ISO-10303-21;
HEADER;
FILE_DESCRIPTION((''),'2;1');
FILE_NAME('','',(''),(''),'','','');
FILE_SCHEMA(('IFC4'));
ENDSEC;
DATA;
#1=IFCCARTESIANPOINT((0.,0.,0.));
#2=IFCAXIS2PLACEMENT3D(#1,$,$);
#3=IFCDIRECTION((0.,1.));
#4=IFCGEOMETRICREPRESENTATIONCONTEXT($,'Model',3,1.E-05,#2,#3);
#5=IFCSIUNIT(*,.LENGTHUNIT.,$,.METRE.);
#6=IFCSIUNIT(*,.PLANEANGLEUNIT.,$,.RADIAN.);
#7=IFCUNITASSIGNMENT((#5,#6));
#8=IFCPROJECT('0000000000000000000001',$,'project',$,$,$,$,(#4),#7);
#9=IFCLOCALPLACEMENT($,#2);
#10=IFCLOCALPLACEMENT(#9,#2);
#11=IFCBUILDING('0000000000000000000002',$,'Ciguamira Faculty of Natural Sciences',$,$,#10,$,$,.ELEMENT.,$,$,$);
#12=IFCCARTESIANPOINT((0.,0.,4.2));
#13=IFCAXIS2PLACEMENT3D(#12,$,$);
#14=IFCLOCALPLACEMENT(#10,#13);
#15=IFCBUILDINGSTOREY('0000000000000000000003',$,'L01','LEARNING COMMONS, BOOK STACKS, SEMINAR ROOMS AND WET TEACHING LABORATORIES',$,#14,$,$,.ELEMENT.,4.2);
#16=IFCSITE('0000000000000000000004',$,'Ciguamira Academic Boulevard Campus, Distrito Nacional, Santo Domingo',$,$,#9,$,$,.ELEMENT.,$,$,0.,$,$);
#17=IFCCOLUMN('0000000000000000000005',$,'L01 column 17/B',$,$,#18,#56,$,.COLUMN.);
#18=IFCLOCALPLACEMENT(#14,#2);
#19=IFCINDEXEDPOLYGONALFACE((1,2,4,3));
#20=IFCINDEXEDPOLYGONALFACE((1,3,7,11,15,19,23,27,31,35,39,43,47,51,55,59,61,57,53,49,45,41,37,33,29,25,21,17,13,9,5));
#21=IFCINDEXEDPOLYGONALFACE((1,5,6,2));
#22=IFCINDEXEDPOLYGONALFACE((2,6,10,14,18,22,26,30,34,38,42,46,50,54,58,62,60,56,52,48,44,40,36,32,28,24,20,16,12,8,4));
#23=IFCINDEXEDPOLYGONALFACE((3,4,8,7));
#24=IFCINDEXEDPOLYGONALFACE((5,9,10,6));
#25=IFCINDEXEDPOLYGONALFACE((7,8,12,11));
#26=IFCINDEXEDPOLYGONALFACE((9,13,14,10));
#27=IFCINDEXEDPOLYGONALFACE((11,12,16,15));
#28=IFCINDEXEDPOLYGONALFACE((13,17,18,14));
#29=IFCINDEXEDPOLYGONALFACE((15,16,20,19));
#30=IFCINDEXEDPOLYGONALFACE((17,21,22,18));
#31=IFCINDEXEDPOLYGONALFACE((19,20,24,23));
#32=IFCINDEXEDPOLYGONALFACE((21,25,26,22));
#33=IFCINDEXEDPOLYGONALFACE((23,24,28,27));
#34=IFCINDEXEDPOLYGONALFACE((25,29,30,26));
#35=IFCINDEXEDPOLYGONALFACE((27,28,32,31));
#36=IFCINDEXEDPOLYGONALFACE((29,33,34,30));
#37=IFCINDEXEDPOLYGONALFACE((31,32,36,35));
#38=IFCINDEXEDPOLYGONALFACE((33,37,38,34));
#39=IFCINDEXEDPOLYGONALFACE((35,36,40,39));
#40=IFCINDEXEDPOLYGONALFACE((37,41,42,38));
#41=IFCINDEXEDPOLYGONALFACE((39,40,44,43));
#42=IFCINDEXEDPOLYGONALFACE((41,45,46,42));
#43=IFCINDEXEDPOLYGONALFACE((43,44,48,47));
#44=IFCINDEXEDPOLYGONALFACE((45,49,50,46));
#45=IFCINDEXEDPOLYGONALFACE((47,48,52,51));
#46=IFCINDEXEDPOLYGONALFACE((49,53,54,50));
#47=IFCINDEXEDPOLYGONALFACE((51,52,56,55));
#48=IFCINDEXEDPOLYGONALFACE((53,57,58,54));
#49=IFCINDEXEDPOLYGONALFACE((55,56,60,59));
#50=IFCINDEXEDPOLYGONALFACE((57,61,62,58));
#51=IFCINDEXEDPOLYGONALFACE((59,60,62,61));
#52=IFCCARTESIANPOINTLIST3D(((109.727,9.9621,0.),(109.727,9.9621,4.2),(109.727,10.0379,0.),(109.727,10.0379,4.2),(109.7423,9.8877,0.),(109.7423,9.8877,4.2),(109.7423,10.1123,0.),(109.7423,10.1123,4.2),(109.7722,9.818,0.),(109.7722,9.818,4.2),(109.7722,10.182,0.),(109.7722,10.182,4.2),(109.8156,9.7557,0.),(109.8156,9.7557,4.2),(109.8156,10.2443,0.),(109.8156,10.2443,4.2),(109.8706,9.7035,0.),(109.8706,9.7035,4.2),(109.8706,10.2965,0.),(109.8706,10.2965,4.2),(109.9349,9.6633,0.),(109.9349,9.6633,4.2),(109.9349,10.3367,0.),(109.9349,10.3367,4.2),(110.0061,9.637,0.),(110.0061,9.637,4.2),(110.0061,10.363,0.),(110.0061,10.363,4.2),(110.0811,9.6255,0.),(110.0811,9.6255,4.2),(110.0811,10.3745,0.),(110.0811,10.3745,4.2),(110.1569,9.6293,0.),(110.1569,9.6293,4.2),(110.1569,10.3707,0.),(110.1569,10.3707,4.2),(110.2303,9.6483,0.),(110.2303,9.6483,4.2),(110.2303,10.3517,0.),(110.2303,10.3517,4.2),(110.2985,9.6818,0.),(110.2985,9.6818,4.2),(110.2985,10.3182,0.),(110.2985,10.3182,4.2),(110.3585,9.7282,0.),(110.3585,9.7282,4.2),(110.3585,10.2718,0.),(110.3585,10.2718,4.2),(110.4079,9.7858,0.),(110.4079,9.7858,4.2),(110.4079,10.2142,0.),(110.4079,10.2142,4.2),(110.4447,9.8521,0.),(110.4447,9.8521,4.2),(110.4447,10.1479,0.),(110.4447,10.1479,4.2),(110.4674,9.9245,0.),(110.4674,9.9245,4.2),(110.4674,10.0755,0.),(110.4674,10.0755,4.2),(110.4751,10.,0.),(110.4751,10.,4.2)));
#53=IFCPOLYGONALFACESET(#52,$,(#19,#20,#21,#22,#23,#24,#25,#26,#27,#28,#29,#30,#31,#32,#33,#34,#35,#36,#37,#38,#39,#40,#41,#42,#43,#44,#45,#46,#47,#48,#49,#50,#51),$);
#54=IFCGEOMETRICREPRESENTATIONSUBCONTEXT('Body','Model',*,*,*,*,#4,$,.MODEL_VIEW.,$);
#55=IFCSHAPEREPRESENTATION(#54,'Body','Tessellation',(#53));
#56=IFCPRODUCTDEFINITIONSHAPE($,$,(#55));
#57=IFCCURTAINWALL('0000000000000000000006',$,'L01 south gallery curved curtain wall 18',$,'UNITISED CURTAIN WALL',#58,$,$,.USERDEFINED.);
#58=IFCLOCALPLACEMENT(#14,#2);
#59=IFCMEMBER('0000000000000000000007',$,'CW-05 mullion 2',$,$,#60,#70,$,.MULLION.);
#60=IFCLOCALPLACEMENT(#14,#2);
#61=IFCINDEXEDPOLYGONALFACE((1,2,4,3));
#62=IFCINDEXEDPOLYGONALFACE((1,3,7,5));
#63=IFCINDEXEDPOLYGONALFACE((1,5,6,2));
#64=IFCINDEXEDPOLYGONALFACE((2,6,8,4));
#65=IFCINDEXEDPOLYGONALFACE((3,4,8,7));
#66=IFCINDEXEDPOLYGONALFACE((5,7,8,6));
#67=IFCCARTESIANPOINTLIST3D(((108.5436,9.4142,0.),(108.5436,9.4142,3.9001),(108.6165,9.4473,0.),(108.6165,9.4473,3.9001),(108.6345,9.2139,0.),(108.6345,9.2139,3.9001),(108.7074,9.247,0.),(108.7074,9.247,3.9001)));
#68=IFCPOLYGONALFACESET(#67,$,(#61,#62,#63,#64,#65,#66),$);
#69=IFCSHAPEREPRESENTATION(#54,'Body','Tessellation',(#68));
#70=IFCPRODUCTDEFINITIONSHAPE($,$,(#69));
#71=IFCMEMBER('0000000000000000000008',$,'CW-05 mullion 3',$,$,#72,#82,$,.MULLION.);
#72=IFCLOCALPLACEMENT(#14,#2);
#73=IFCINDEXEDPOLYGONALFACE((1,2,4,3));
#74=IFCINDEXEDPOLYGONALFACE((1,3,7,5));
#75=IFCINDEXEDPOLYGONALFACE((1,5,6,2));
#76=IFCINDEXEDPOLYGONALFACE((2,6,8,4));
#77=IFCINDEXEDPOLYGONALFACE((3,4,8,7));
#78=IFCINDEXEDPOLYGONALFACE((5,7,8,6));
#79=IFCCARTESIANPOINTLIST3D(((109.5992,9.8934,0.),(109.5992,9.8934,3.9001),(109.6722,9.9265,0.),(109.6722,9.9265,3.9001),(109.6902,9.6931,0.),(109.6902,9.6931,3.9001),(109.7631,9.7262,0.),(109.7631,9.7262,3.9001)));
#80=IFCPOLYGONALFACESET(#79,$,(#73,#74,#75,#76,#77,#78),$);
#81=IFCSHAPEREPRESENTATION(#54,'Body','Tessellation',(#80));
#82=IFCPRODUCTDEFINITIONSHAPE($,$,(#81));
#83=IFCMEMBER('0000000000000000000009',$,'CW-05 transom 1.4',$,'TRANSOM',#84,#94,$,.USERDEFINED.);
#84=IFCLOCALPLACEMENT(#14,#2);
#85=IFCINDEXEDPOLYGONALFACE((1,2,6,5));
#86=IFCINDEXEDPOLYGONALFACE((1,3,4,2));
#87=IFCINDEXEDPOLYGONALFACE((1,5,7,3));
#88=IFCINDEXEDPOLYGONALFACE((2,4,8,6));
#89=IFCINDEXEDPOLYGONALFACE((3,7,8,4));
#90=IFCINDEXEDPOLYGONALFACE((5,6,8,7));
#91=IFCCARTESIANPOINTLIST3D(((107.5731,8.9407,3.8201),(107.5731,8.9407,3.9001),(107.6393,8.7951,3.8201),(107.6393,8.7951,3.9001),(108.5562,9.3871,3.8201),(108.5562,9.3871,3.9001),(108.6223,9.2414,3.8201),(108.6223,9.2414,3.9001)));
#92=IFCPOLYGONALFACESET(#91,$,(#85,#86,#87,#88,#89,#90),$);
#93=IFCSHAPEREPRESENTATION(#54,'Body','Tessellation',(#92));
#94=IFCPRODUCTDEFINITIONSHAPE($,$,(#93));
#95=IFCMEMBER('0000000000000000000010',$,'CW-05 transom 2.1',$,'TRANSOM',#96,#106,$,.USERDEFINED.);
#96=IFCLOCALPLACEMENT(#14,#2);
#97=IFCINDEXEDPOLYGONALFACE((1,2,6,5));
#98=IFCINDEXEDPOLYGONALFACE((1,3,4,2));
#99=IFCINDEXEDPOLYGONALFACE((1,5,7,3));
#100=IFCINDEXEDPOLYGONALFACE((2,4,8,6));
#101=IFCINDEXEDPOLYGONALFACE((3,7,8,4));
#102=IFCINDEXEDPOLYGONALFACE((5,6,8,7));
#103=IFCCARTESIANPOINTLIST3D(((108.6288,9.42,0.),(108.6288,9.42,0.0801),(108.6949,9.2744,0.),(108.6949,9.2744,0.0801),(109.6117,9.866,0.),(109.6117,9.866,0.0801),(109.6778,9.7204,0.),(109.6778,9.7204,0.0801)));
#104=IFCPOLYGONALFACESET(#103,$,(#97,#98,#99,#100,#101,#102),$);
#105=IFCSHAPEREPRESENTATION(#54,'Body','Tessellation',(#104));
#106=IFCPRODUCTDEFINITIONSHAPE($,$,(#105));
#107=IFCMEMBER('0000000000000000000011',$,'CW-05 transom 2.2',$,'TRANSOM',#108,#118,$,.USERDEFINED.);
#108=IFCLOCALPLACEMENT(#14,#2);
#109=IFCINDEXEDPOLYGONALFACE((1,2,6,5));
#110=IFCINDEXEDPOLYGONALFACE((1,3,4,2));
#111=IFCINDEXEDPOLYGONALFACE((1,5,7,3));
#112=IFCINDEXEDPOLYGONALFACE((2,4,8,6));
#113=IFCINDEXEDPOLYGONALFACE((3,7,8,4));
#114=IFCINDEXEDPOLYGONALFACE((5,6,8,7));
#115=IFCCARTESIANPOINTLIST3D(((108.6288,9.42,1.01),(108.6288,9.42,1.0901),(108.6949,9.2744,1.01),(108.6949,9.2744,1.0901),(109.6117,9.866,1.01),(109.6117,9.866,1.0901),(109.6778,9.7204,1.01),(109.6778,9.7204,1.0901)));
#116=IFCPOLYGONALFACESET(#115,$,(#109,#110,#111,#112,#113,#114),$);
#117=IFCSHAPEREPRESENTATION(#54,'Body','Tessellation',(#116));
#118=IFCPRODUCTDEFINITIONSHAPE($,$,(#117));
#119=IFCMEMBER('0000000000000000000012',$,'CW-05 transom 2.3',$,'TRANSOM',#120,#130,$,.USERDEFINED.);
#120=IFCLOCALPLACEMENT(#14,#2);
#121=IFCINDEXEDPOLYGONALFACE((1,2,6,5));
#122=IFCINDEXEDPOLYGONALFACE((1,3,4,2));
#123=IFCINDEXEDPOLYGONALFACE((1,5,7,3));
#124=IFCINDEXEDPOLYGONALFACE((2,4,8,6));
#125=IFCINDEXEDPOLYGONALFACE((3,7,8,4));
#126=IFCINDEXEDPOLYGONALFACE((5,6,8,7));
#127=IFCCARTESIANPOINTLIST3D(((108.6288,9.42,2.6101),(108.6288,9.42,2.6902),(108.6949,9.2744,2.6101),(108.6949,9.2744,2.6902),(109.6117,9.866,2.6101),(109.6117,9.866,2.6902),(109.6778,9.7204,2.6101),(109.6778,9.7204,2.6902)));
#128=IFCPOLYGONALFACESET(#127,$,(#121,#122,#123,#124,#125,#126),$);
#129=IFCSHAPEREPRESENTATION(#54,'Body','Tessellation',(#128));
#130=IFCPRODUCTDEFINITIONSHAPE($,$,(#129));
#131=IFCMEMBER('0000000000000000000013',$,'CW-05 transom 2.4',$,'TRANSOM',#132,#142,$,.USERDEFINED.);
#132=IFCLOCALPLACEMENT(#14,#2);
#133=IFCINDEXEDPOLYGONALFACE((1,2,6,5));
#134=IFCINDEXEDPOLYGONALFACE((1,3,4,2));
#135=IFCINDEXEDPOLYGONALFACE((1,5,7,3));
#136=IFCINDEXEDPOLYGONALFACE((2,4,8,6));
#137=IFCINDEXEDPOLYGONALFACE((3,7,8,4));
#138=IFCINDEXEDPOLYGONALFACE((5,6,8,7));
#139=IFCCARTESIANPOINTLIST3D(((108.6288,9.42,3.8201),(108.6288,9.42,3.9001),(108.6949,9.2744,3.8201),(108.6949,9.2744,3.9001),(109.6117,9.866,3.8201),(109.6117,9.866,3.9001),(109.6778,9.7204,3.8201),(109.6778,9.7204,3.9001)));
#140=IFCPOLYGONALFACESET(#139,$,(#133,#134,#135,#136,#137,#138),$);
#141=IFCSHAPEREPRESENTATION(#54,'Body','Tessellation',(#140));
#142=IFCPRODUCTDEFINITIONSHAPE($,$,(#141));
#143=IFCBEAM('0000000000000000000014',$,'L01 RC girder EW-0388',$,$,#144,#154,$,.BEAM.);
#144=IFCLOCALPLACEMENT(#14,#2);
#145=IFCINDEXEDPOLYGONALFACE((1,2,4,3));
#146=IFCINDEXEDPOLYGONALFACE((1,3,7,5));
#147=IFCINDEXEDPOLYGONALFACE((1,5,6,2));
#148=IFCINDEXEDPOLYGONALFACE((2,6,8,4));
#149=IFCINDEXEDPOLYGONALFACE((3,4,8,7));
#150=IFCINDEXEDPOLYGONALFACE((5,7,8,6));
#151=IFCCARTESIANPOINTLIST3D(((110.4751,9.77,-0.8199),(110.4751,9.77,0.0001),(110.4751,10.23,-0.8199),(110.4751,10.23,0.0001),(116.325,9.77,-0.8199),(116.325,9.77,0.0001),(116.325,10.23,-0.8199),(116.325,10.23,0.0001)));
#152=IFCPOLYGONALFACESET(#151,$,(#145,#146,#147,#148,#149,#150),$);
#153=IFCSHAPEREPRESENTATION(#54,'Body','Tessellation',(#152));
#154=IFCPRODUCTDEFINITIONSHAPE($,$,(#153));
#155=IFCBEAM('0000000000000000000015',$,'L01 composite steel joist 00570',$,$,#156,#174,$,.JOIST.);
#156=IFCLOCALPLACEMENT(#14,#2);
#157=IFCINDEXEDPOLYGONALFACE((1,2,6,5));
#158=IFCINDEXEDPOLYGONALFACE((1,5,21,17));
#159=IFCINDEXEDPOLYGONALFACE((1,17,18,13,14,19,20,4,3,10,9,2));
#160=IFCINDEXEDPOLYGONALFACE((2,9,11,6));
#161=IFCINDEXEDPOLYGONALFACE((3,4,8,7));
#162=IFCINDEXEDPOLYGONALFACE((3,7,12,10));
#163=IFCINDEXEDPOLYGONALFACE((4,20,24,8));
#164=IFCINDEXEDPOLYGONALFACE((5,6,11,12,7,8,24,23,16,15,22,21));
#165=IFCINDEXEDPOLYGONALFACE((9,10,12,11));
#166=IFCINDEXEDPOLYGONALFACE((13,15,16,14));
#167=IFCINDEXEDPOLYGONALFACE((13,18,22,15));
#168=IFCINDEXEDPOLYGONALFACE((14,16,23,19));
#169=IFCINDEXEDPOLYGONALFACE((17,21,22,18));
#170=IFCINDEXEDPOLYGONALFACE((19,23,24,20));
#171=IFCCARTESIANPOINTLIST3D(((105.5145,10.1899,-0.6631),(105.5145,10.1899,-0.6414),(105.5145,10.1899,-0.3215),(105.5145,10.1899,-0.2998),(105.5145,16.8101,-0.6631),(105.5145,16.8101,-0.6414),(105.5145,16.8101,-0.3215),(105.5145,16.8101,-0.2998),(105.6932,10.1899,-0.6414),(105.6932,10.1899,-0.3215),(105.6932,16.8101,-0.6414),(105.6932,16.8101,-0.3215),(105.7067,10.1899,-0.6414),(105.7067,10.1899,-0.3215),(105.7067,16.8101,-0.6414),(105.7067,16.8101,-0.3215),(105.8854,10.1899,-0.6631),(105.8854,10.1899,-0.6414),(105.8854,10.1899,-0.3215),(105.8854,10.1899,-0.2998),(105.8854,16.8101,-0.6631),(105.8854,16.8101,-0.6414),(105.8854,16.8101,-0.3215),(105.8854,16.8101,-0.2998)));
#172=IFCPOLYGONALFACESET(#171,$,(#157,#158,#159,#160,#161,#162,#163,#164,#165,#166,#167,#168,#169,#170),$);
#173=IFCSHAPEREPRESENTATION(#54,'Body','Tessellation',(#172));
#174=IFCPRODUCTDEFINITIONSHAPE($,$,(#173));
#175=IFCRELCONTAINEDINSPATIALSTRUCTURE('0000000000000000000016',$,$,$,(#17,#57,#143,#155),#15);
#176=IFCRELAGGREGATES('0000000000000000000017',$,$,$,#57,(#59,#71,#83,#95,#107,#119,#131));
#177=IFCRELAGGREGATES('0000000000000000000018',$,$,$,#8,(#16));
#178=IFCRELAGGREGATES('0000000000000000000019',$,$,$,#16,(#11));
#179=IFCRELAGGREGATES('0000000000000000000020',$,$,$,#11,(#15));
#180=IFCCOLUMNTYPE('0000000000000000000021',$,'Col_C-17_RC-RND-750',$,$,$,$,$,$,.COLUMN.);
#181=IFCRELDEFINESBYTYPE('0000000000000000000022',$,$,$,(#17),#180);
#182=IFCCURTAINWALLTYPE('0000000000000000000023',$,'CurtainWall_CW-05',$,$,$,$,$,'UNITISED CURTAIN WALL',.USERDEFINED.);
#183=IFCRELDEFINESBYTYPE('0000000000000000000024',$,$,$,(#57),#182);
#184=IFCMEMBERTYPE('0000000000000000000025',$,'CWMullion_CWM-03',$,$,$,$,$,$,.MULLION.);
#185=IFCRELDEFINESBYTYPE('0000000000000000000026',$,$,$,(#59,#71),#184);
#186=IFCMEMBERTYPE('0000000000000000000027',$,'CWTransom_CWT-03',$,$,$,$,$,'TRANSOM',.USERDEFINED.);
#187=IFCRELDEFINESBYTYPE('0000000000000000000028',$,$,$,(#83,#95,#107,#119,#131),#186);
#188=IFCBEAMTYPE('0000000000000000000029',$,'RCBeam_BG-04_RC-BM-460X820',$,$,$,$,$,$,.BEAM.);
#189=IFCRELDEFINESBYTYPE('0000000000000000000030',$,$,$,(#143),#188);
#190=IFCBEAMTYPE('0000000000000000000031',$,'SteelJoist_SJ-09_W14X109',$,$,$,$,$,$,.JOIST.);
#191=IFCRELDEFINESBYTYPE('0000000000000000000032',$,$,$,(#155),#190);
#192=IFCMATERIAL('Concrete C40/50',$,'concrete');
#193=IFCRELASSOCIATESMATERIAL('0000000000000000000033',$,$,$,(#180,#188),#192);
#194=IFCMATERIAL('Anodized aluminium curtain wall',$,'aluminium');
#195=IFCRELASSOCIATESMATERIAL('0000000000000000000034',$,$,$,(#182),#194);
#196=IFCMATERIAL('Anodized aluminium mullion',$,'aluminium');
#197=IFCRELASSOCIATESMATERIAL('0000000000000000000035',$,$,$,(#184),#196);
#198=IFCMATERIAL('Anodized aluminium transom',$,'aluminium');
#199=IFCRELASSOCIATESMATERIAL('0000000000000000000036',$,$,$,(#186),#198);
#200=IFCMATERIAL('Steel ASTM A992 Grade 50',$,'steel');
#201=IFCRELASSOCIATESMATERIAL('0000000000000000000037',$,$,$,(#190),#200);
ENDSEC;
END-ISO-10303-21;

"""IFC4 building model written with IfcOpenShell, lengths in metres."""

from ifc_helpers import new_model, si_unit, direction, frame, origin, origin_2d, place, context, subcontext, project, spatial, rectangle, circle, i_section, extrude, material, material_profile, profile_set, type_object, element, aggregate, save


model = new_model("IFC4")

# Units and contexts
model_context = context("Model", 3, precision=1e-05, world=origin(), true_north=direction((0.0, 1.0)))
body_context = subcontext(model_context, "Body", "Model", "MODEL_VIEW")
ifc_project = project(units=[si_unit("LENGTHUNIT", "METRE"), si_unit("PLANEANGLEUNIT", "RADIAN")], contexts=[model_context])

# Site, building, storey
site_placement = place(None, origin())
site = spatial("IfcSite", under=ifc_project, at=site_placement, Name="Ciguamira Academic Boulevard Campus, Distrito Nacional, Santo Domingo", CompositionType="ELEMENT", RefElevation=0.0)
building_placement = place(site_placement, origin())
building = spatial("IfcBuilding", under=site, at=building_placement, Name="Ciguamira Faculty of Natural Sciences", CompositionType="ELEMENT")
storey_placement = place(building_placement, frame((0.0, 0.0, 4.2)))
storey = spatial("IfcBuildingStorey", under=building, at=storey_placement, Name="L01", Description="LEARNING COMMONS, BOOK STACKS, SEMINAR ROOMS AND WET TEACHING LABORATORIES", CompositionType="ELEMENT", Elevation=4.2)

# Column
ifc_material_1 = material(Name="Concrete C40/50", Category="concrete")
ifc_material_profile_1 = material_profile(ifc_material_1, circle(Radius=0.375, at=origin_2d()), Name="RC-RND-750")
ifc_profile_set_1 = profile_set([ifc_material_profile_1], Name="Concrete C40/50")
column_type = type_object("IfcColumnType", Name="Col_C-17_RC-RND-750", PredefinedType="COLUMN", material=ifc_profile_set_1)
column_placement = place(storey_placement, frame((110.1001, 10.0, 0.0), z_axis=(0.0, 0.0, 1.0), x_axis=(1.0, 0.0, 0.0)))
element("IfcColumn", 1, at=column_placement, inside=storey, type_object=column_type, Name="L01 column 17/B", PredefinedType="COLUMN", context=body_context, shape_type="SweptSolid", body=[
    extrude(circle(Radius=0.375, at=origin_2d()), origin(), (0.0, 0.0, 1.0), 4.2),
])

# Curtain wall, members
ifc_material_2 = material(Name="Anodized aluminium curtain wall", Category="aluminium")
curtain_wall_type = type_object("IfcCurtainWallType", Name="CurtainWall_CW-05", ElementType="UNITISED CURTAIN WALL", PredefinedType="USERDEFINED", material=ifc_material_2)
curtain_wall_placement = place(storey_placement, origin())
curtain_wall = element("IfcCurtainWall", 2, at=curtain_wall_placement, inside=storey, type_object=curtain_wall_type, Name="L01 south gallery curved curtain wall 18", ObjectType="UNITISED CURTAIN WALL", PredefinedType="USERDEFINED")
ifc_material_3 = material(Name="Anodized aluminium mullion", Category="aluminium")
ifc_material_profile_2 = material_profile(ifc_material_3, rectangle(XDim=0.0801, YDim=0.22, at=origin_2d()), Name="ALU-MUL-80X220")
ifc_profile_set_2 = profile_set([ifc_material_profile_2], Name="Anodized aluminium mullion")
member_type_1 = type_object("IfcMemberType", Name="CWMullion_CWM-03", PredefinedType="MULLION", material=ifc_profile_set_2)
member_1_placement = place(storey_placement, frame((108.6255, 9.3306, 0.0), z_axis=(0.0, 0.0, 1.0), x_axis=(0.910581, 0.413332, 0.0)))
member_1 = element("IfcMember", 3, at=member_1_placement, type_object=member_type_1, Name="CW-05 mullion 2", PredefinedType="MULLION", context=body_context, shape_type="SweptSolid", body=[
    extrude(rectangle(XDim=0.0801, YDim=0.22, at=origin_2d()), origin(), (0.0, 0.0, 1.0), 3.9001),
])
member_2_placement = place(storey_placement, frame((109.6812, 9.8098, 0.0), z_axis=(0.0, 0.0, 1.0), x_axis=(0.910581, 0.413332, 0.0)))
member_2 = element("IfcMember", 4, at=member_2_placement, type_object=member_type_1, Name="CW-05 mullion 3", PredefinedType="MULLION", context=body_context, shape_type="SweptSolid", body=[
    extrude(rectangle(XDim=0.0801, YDim=0.22, at=origin_2d()), origin(), (0.0, 0.0, 1.0), 3.9001),
])
ifc_material_4 = material(Name="Anodized aluminium transom", Category="aluminium")
ifc_material_profile_3 = material_profile(ifc_material_4, rectangle(XDim=0.0801, YDim=0.1599, at=origin_2d()), Name="ALU-TRN-80X160")
ifc_profile_set_3 = profile_set([ifc_material_profile_3], Name="Anodized aluminium transom")
member_type_2 = type_object("IfcMemberType", Name="CWTransom_CWT-03", ElementType="TRANSOM", PredefinedType="USERDEFINED", material=ifc_profile_set_3)
member_3_placement = place(storey_placement, frame((107.6062, 8.8679, 3.8601), z_axis=(0.910537, 0.413428, 0.0), x_axis=(0.0, 0.0, 1.0)))
member_3 = element("IfcMember", 5, at=member_3_placement, type_object=member_type_2, Name="CW-05 transom 1.4", ObjectType="TRANSOM", PredefinedType="USERDEFINED", context=body_context, shape_type="SweptSolid", body=[
    extrude(rectangle(XDim=0.0801, YDim=0.1599, at=origin_2d()), origin(), (0.0, 0.0, 1.0), 1.0796),
])
member_4_placement = place(storey_placement, frame((108.6619, 9.3472, 0.04), z_axis=(0.910622, 0.413241, 0.0), x_axis=(0.0, 0.0, 1.0)))
member_4 = element("IfcMember", 6, at=member_4_placement, type_object=member_type_2, Name="CW-05 transom 2.1", ObjectType="TRANSOM", PredefinedType="USERDEFINED", context=body_context, shape_type="SweptSolid", body=[
    extrude(rectangle(XDim=0.0801, YDim=0.1599, at=origin_2d()), origin(), (0.0, 0.0, 1.0), 1.0793),
])
member_5_placement = place(storey_placement, frame((108.6619, 9.3472, 1.05), z_axis=(0.910622, 0.413241, 0.0), x_axis=(0.0, 0.0, 1.0)))
member_5 = element("IfcMember", 7, at=member_5_placement, type_object=member_type_2, Name="CW-05 transom 2.2", ObjectType="TRANSOM", PredefinedType="USERDEFINED", context=body_context, shape_type="SweptSolid", body=[
    extrude(rectangle(XDim=0.0801, YDim=0.1599, at=origin_2d()), origin(), (0.0, 0.0, 1.0), 1.0793),
])
member_6_placement = place(storey_placement, frame((108.6619, 9.3472, 2.6501), z_axis=(0.910622, 0.413241, 0.0), x_axis=(0.0, 0.0, 1.0)))
member_6 = element("IfcMember", 8, at=member_6_placement, type_object=member_type_2, Name="CW-05 transom 2.3", ObjectType="TRANSOM", PredefinedType="USERDEFINED", context=body_context, shape_type="SweptSolid", body=[
    extrude(rectangle(XDim=0.0801, YDim=0.1599, at=origin_2d()), origin(), (0.0, 0.0, 1.0), 1.0793),
])
member_7_placement = place(storey_placement, frame((108.6619, 9.3472, 3.8601), z_axis=(0.910622, 0.413241, 0.0), x_axis=(0.0, 0.0, 1.0)))
member_7 = element("IfcMember", 9, at=member_7_placement, type_object=member_type_2, Name="CW-05 transom 2.4", ObjectType="TRANSOM", PredefinedType="USERDEFINED", context=body_context, shape_type="SweptSolid", body=[
    extrude(rectangle(XDim=0.0801, YDim=0.1599, at=origin_2d()), origin(), (0.0, 0.0, 1.0), 1.0793),
])

# Beams
ifc_material_profile_4 = material_profile(ifc_material_1, rectangle(XDim=0.46, YDim=0.8201, at=origin_2d()), Name="RC-BM-460X820")
ifc_profile_set_4 = profile_set([ifc_material_profile_4], Name="Concrete C40/50")
beam_type_1 = type_object("IfcBeamType", Name="RCBeam_BG-04_RC-BM-460X820", PredefinedType="BEAM", material=ifc_profile_set_4)
beam_1_placement = place(storey_placement, frame((110.4751, 10.0, -0.4099), z_axis=(1.0, 0.0, 0.0), x_axis=(0.0, 1.0, 0.0)))
element("IfcBeam", 10, at=beam_1_placement, inside=storey, type_object=beam_type_1, Name="L01 RC girder EW-0388", PredefinedType="BEAM", context=body_context, shape_type="SweptSolid", body=[
    extrude(rectangle(XDim=0.46, YDim=0.8201, at=origin_2d()), origin(), (0.0, 0.0, 1.0), 5.8499),
])
ifc_material_5 = material(Name="Steel ASTM A992 Grade 50", Category="steel")
ifc_material_profile_5 = material_profile(ifc_material_5, i_section(OverallWidth=0.3708, OverallDepth=0.3633, WebThickness=0.0134, FlangeThickness=0.0217, at=origin_2d()), Name="W14X109")
ifc_profile_set_5 = profile_set([ifc_material_profile_5], Name="Steel ASTM A992 Grade 50")
beam_type_2 = type_object("IfcBeamType", Name="SteelJoist_SJ-09_W14X109", PredefinedType="JOIST", material=ifc_profile_set_5)
beam_2_placement = place(storey_placement, frame((105.7, 10.1899, -0.4814), z_axis=(0.0, 1.0, 0.0), x_axis=(-1.0, 0.0, 0.0)))
element("IfcBeam", 11, at=beam_2_placement, inside=storey, type_object=beam_type_2, Name="L01 composite steel joist 00570", PredefinedType="JOIST", context=body_context, shape_type="SweptSolid", body=[
    extrude(i_section(OverallWidth=0.3708, OverallDepth=0.3633, WebThickness=0.0134, FlangeThickness=0.0217, at=origin_2d()), origin(), (0.0, 0.0, 1.0), 6.6201),
])

aggregate(curtain_wall, [member_1, member_2, member_3, member_4, member_5, member_6, member_7])

save(model, "model.ifc")
